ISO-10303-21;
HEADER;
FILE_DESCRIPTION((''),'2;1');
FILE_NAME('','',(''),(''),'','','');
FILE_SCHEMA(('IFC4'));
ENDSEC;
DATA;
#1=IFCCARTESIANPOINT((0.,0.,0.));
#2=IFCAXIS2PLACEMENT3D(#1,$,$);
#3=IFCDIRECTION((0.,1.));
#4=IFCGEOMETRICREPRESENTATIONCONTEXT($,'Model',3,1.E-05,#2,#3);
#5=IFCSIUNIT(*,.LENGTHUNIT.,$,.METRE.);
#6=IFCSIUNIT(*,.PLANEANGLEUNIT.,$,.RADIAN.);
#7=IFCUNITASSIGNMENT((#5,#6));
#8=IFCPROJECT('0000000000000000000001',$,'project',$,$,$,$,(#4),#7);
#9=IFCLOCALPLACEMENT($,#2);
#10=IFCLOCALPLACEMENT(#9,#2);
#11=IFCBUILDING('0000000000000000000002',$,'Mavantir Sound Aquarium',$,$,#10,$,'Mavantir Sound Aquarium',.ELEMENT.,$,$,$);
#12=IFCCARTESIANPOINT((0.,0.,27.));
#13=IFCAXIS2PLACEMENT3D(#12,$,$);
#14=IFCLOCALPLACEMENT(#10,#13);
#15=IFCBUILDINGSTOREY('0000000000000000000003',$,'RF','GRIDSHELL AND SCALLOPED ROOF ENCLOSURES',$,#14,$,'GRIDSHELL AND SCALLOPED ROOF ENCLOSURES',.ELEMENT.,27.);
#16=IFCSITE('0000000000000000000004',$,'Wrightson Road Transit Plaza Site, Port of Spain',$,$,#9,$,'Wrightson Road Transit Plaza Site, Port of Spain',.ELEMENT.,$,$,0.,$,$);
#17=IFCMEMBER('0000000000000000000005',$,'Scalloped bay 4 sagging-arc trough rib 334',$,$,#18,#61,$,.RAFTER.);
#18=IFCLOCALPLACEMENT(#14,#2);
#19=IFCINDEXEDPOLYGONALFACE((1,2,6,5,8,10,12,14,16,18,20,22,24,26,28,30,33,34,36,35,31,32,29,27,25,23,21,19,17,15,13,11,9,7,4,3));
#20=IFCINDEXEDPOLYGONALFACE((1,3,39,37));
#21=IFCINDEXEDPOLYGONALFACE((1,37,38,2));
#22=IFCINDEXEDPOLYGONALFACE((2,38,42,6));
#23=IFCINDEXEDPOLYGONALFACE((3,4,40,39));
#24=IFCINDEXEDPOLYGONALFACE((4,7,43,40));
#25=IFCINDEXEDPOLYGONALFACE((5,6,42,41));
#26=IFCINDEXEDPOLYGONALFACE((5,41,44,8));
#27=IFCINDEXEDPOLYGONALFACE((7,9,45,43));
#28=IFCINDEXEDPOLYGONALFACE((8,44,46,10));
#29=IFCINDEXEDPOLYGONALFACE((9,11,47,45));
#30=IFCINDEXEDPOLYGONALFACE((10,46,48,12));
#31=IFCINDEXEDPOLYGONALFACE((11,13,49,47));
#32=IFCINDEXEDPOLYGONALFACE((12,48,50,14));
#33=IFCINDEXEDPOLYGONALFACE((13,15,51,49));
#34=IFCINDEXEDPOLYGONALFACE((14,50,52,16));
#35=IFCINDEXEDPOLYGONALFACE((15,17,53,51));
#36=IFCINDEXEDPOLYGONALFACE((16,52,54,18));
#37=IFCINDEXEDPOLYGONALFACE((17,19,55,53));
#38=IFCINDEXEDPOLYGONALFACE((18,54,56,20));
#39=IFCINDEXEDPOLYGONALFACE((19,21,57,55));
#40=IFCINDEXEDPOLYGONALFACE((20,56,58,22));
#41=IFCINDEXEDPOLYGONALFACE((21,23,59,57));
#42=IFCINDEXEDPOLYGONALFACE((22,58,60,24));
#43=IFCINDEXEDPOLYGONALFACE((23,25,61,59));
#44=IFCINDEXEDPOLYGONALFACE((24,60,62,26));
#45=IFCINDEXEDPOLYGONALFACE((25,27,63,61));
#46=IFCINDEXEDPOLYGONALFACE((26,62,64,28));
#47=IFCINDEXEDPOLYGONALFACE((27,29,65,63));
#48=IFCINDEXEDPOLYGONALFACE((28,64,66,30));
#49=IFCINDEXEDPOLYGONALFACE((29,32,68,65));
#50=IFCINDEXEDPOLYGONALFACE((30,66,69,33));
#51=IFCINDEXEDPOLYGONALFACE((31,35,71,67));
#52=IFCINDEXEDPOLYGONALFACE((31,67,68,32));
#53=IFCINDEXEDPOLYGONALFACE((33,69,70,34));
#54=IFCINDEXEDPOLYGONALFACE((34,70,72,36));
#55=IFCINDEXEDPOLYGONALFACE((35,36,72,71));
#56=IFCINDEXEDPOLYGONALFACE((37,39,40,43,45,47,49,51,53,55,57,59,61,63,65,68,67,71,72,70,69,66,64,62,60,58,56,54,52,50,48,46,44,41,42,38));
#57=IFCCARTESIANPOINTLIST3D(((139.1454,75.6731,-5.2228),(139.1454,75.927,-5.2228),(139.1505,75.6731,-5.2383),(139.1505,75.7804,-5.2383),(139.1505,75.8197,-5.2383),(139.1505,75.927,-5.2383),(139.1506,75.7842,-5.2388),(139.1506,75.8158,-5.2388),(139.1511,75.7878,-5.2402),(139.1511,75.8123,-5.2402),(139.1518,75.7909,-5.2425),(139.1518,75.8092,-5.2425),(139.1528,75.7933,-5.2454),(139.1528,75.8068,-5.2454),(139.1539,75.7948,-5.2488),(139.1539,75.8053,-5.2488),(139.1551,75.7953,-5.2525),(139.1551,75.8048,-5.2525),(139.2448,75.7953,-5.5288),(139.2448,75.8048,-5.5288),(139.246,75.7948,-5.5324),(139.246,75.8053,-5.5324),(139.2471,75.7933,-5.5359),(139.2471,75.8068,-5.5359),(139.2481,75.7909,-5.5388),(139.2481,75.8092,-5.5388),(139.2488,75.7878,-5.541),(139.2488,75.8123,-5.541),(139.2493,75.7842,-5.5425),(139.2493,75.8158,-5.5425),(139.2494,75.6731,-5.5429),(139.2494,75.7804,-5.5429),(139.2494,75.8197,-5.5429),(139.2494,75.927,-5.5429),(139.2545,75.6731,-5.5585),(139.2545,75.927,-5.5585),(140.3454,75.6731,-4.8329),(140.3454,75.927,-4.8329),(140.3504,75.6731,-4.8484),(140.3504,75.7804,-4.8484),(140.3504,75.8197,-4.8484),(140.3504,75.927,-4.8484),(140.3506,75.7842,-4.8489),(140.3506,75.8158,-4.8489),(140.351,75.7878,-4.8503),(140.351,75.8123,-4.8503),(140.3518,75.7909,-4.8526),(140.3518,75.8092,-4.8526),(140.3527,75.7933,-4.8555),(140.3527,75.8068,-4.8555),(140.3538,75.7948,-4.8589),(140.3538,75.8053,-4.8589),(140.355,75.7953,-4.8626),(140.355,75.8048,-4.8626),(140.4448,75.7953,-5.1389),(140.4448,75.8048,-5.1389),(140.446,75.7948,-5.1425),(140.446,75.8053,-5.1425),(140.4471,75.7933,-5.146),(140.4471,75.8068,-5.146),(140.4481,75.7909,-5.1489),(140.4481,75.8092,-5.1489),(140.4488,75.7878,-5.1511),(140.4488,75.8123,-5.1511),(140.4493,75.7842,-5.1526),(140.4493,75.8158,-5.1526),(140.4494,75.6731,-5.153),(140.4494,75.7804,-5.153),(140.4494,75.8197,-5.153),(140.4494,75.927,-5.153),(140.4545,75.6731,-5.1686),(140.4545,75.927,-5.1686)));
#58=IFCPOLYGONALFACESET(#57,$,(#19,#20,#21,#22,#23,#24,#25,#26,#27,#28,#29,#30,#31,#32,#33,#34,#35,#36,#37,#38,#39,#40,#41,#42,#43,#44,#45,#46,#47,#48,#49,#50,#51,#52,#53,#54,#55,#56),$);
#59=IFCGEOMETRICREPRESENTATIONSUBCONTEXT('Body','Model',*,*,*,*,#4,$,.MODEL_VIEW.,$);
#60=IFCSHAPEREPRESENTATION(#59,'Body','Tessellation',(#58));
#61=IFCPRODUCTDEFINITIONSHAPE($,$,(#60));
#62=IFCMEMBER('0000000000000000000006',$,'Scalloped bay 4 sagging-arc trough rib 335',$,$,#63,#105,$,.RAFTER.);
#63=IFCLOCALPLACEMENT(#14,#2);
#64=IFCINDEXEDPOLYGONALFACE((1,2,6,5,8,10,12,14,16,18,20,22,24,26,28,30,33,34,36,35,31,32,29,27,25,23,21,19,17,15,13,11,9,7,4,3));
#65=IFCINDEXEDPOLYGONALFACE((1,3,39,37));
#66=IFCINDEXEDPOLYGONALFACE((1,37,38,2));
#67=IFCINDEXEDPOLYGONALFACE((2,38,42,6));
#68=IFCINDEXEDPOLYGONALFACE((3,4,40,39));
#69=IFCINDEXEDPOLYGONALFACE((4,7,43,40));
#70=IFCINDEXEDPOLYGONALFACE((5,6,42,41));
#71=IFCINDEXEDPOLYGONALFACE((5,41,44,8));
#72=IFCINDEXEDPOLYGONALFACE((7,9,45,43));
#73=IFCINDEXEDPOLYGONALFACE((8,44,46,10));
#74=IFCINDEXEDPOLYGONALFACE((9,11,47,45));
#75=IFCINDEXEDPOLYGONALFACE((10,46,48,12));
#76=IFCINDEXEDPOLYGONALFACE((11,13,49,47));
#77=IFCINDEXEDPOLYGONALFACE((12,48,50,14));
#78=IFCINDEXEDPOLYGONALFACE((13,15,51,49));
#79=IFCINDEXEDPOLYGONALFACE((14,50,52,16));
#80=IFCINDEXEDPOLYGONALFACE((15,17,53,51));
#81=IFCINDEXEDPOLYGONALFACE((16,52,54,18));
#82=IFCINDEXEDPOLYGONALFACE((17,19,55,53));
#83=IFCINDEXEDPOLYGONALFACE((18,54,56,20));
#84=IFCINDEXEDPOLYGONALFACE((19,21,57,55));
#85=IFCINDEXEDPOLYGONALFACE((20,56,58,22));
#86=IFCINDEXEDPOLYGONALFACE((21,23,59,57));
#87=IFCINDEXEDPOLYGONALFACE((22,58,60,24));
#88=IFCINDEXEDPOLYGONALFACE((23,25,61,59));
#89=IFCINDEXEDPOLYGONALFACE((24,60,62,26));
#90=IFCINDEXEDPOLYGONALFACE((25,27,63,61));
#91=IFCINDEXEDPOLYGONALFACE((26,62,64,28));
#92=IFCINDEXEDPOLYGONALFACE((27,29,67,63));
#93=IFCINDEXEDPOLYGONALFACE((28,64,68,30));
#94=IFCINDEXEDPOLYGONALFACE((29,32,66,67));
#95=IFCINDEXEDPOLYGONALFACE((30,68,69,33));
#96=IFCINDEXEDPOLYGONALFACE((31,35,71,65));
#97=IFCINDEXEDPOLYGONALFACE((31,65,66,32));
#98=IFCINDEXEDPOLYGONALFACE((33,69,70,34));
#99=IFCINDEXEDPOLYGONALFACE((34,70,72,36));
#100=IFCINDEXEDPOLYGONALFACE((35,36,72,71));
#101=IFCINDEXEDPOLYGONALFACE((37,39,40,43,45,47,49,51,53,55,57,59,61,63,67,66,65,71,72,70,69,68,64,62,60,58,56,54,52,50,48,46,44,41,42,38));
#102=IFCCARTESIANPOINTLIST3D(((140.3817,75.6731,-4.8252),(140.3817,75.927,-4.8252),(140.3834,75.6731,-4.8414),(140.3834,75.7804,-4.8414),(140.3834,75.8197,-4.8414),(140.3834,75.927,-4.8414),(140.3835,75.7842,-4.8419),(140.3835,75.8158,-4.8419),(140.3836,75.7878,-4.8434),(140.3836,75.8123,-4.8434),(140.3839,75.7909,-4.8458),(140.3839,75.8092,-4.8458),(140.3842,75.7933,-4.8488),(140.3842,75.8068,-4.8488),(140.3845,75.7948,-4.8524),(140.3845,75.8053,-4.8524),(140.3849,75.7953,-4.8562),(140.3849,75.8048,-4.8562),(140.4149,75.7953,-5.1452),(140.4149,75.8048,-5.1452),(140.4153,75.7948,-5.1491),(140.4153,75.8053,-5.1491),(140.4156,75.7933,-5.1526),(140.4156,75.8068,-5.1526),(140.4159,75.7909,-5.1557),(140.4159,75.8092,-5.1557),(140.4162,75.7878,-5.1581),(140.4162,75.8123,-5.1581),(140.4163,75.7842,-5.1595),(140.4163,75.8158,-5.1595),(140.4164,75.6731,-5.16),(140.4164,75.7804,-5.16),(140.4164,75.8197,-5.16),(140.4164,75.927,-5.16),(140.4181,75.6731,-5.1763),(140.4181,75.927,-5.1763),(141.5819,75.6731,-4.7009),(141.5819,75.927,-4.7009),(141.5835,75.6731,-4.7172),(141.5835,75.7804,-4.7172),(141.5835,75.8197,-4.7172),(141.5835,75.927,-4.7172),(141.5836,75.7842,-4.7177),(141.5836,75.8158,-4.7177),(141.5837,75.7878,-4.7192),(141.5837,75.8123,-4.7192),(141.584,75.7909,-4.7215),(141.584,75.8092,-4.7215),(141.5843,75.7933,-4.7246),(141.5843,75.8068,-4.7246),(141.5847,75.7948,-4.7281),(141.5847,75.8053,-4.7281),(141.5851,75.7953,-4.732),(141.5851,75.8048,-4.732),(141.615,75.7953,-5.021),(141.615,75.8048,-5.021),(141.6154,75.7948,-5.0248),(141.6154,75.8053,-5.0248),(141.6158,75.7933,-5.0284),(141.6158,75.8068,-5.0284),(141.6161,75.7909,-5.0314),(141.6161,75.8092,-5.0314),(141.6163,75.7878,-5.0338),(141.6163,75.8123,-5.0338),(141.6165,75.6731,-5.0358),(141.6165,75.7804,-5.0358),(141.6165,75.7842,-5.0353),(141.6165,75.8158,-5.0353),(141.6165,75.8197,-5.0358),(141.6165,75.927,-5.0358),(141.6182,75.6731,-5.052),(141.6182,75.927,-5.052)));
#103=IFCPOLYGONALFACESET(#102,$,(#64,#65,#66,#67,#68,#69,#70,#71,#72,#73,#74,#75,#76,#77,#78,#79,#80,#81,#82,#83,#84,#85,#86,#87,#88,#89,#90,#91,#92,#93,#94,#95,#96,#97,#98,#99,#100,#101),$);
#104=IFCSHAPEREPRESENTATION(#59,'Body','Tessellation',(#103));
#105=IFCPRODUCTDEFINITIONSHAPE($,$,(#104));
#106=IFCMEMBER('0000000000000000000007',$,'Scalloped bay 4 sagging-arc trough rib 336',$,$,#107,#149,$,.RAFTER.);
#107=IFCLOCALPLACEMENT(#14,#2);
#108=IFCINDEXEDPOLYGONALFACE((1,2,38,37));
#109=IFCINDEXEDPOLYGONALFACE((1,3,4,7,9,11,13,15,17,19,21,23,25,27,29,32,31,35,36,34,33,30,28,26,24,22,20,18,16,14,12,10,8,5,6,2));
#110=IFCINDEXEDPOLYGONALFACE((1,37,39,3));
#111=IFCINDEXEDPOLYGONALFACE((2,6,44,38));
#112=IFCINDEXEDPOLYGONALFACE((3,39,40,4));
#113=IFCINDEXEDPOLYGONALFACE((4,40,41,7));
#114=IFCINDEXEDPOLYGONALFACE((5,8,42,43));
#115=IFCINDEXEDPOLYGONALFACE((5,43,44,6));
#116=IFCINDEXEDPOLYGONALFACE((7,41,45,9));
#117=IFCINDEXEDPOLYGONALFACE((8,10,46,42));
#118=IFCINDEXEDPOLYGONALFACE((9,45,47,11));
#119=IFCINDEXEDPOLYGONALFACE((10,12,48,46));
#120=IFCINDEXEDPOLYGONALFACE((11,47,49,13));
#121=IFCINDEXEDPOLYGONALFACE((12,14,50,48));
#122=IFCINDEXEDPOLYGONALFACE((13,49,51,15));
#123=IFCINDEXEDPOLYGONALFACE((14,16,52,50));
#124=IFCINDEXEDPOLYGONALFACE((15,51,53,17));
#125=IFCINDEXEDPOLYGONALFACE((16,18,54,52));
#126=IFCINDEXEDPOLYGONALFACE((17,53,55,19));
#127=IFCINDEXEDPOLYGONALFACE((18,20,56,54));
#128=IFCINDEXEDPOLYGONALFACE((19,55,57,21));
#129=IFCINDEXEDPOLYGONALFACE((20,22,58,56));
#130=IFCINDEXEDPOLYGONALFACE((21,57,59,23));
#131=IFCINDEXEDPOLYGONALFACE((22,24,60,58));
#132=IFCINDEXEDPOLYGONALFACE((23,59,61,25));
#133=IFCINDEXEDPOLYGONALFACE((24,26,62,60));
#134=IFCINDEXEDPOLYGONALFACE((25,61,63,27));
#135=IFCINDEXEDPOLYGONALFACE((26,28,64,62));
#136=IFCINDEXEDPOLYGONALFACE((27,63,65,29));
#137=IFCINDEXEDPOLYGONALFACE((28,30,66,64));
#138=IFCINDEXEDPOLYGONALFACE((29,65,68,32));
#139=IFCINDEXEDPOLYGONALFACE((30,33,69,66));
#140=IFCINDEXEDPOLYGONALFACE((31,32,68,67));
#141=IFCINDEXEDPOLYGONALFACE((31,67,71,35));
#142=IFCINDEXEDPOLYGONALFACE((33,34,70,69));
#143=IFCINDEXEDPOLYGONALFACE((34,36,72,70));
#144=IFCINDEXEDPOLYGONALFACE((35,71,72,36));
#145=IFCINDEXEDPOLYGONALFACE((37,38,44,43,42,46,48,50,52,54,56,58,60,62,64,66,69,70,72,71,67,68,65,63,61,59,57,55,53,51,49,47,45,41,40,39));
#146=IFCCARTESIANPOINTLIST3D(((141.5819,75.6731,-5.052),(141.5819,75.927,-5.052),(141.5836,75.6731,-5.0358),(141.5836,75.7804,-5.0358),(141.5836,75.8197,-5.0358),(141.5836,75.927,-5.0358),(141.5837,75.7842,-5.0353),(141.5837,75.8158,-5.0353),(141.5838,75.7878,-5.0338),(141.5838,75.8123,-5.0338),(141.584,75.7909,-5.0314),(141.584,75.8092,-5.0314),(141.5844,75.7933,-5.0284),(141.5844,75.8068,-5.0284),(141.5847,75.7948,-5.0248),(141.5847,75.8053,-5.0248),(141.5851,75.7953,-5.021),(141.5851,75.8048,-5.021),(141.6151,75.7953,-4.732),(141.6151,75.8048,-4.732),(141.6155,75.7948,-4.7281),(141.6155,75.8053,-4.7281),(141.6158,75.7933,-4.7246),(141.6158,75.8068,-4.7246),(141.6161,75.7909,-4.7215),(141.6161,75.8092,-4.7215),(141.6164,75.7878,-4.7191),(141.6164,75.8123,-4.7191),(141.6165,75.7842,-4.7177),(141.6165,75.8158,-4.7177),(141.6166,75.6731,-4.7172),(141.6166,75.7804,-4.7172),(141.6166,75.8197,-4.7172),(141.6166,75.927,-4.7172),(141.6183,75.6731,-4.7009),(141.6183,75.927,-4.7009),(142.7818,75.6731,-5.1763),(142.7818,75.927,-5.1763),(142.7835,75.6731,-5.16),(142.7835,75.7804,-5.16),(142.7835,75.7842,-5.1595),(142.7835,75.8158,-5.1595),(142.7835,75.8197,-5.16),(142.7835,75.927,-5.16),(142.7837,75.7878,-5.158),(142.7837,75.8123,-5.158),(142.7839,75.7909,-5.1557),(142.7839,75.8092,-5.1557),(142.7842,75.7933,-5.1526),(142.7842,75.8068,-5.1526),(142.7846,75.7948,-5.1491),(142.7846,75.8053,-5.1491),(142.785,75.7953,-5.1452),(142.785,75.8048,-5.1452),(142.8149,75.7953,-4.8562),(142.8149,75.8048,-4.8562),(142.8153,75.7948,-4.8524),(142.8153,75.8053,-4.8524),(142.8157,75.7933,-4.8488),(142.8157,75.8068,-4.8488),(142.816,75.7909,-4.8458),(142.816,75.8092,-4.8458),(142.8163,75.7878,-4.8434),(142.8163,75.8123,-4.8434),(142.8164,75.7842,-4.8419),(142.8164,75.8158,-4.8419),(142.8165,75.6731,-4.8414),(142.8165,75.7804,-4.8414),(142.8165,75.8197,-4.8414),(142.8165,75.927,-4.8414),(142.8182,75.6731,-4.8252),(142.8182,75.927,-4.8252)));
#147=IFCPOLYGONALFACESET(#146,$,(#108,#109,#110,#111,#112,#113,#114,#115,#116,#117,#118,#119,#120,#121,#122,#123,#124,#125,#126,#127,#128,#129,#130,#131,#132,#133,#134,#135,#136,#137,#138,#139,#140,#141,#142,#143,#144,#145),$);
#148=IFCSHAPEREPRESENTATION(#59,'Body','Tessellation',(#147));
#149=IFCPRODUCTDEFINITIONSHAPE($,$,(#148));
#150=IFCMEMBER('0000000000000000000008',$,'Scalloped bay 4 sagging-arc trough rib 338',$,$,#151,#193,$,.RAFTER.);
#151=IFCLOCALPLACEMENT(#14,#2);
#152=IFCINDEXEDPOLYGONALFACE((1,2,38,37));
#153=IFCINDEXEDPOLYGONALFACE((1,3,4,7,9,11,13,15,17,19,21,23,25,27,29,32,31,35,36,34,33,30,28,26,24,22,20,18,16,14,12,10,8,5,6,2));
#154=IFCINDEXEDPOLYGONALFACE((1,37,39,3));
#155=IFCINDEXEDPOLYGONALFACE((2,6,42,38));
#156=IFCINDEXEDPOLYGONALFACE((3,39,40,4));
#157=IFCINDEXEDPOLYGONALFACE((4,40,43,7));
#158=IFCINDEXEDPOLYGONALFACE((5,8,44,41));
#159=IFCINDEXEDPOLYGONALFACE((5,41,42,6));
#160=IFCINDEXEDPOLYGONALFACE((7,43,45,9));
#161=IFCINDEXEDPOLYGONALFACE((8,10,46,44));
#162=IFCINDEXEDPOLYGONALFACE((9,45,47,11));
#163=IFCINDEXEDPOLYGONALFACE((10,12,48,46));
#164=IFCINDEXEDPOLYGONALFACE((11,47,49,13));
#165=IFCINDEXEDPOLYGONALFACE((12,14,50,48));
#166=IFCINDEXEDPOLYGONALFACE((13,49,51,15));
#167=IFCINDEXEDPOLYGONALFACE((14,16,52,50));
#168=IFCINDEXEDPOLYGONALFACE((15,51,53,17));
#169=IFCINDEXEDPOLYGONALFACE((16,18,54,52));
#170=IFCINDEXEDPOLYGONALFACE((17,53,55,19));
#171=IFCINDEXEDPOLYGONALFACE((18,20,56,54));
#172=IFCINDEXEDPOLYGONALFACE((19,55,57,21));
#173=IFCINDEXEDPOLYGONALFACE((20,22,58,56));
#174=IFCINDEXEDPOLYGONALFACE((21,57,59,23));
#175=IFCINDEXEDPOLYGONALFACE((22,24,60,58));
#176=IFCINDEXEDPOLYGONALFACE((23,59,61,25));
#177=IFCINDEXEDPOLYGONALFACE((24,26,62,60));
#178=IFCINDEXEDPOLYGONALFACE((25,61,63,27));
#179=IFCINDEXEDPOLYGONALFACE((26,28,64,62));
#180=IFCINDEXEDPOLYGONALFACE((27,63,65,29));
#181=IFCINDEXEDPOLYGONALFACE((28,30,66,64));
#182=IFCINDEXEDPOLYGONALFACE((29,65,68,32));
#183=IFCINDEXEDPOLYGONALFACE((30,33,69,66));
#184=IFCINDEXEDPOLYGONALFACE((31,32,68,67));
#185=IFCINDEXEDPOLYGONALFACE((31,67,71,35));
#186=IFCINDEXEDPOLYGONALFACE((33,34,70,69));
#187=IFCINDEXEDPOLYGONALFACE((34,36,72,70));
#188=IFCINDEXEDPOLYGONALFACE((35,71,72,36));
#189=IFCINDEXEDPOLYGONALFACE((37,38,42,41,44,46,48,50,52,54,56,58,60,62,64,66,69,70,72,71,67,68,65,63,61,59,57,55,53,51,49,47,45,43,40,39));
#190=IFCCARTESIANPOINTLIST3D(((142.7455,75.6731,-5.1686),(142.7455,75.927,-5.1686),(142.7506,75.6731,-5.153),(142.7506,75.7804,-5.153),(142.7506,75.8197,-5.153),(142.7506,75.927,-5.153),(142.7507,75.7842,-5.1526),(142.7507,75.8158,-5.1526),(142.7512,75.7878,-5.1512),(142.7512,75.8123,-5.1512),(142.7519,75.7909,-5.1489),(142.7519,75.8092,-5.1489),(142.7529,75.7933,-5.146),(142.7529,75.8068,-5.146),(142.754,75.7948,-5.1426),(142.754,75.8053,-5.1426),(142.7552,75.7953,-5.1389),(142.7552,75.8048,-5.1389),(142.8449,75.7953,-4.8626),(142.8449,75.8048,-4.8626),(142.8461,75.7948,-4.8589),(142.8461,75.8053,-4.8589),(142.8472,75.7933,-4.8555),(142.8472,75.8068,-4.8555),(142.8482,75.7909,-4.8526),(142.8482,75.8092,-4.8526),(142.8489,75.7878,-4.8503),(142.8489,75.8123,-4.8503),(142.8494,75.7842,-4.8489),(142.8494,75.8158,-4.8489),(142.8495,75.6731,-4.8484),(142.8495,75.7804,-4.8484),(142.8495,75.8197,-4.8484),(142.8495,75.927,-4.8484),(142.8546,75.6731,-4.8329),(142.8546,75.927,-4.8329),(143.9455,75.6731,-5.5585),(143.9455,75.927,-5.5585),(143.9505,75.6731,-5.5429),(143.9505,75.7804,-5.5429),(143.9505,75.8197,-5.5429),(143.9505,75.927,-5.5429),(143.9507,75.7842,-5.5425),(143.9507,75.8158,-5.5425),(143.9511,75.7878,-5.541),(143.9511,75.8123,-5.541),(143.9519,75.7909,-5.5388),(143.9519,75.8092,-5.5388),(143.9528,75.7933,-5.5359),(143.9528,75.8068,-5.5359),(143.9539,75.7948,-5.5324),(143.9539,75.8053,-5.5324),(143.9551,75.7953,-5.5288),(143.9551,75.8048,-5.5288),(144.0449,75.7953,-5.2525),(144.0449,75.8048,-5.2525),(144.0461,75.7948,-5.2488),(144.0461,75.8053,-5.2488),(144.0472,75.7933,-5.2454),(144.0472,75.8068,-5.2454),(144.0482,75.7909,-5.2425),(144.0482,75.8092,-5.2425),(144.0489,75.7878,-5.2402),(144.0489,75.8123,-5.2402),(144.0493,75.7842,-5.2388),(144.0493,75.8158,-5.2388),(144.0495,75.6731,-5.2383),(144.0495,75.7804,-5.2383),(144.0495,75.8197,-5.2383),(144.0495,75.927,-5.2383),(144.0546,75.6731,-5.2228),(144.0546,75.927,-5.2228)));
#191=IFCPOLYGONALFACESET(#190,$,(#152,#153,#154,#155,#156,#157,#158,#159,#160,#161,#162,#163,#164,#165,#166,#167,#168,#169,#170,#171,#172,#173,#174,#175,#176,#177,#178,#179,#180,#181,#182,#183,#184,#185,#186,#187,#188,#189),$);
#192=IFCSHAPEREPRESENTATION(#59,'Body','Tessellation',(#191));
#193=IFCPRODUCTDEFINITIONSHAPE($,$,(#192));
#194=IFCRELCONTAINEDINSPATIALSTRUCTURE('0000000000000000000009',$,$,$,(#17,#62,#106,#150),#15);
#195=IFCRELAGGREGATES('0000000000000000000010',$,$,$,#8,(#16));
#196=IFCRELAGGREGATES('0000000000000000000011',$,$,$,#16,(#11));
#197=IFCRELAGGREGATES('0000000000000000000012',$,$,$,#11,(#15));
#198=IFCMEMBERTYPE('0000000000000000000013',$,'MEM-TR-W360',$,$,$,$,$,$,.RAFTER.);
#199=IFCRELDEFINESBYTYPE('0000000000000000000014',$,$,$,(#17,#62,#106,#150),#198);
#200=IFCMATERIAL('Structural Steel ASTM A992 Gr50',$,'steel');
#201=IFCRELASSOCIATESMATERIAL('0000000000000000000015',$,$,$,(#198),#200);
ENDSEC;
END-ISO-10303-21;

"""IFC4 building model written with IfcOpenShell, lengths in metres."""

from ifc_helpers import new_model, si_unit, direction, frame, origin, origin_2d, place, context, subcontext, project, spatial, i_section, extrude, material, material_profile, profile_set, type_object, element, save


model = new_model("IFC4")

# Units and contexts
model_context = context("Model", 3, precision=1e-05, world=origin(), true_north=direction((0.0, 1.0)))
body_context = subcontext(model_context, "Body", "Model", "MODEL_VIEW")
ifc_project = project(units=[si_unit("LENGTHUNIT", "METRE"), si_unit("PLANEANGLEUNIT", "RADIAN")], contexts=[model_context])

# Site, building, storey
site_placement = place(None, origin())
site = spatial("IfcSite", under=ifc_project, at=site_placement, Name="Wrightson Road Transit Plaza Site, Port of Spain", LongName="Wrightson Road Transit Plaza Site, Port of Spain", CompositionType="ELEMENT", RefElevation=0.0)
building_placement = place(site_placement, origin())
building = spatial("IfcBuilding", under=site, at=building_placement, Name="Mavantir Sound Aquarium", LongName="Mavantir Sound Aquarium", CompositionType="ELEMENT")
storey_placement = place(building_placement, frame((0.0, 0.0, 27.0)))
storey = spatial("IfcBuildingStorey", under=building, at=storey_placement, Name="RF", Description="GRIDSHELL AND SCALLOPED ROOF ENCLOSURES", LongName="GRIDSHELL AND SCALLOPED ROOF ENCLOSURES", CompositionType="ELEMENT", Elevation=27.0)

# Shared definitions
ifc_material_1 = material(Name="Structural Steel ASTM A992 Gr50", Category="steel")

# Members
ifc_material_profile_1 = material_profile(ifc_material_1, i_section(OverallWidth=0.2539, OverallDepth=0.353, WebThickness=0.0095, FlangeThickness=0.0164, FilletRadius=0.0149, at=origin_2d()), Name="W360X91")
ifc_profile_set_1 = profile_set([ifc_material_profile_1], Name="Structural Steel ASTM A992 Gr50")
member_type_1 = type_object("IfcMemberType", Name="MEM-TR-W360", PredefinedType="RAFTER", material=ifc_profile_set_1)
member_1_placement = place(storey_placement, frame((139.2, 75.8, -5.3906), z_axis=(0.951055, 0.0, 0.30902), x_axis=(0.0, 1.0, 0.0)))
element("IfcMember", 1, at=member_1_placement, inside=storey, type_object=member_type_1, Name="Scalloped bay 4 sagging-arc trough rib 334", PredefinedType="RAFTER", context=body_context, shape_type="SweptSolid", body=[
    extrude(i_section(OverallWidth=0.2539, OverallDepth=0.353, WebThickness=0.0095, FlangeThickness=0.0164, FilletRadius=0.0149, at=origin_2d()), origin(), (0.0, 0.0, 1.0), 1.2617),
])
member_2_placement = place(storey_placement, frame((140.3999, 75.8, -5.0007), z_axis=(0.994683, 0.0, 0.102989), x_axis=(0.0, 1.0, 0.0)))
element("IfcMember", 2, at=member_2_placement, inside=storey, type_object=member_type_1, Name="Scalloped bay 4 sagging-arc trough rib 335", PredefinedType="RAFTER", context=body_context, shape_type="SweptSolid", body=[
    extrude(i_section(OverallWidth=0.2539, OverallDepth=0.353, WebThickness=0.0095, FlangeThickness=0.0164, FilletRadius=0.0149, at=origin_2d()), origin(), (0.0, 0.0, 1.0), 1.2065),
])
member_3_placement = place(storey_placement, frame((141.6001, 75.8, -4.8765), z_axis=(0.99468, 0.0, -0.10301), x_axis=(0.0, 1.0, 0.0)))
element("IfcMember", 3, at=member_3_placement, inside=storey, type_object=member_type_1, Name="Scalloped bay 4 sagging-arc trough rib 336", PredefinedType="RAFTER", context=body_context, shape_type="SweptSolid", body=[
    extrude(i_section(OverallWidth=0.2539, OverallDepth=0.353, WebThickness=0.0095, FlangeThickness=0.0164, FilletRadius=0.0149, at=origin_2d()), origin(), (0.0, 0.0, 1.0), 1.2063),
])
member_4_placement = place(storey_placement, frame((142.8, 75.8, -5.0007), z_axis=(0.951055, 0.0, -0.30902), x_axis=(0.0, 1.0, 0.0)))
element("IfcMember", 4, at=member_4_placement, inside=storey, type_object=member_type_1, Name="Scalloped bay 4 sagging-arc trough rib 338", PredefinedType="RAFTER", context=body_context, shape_type="SweptSolid", body=[
    extrude(i_section(OverallWidth=0.2539, OverallDepth=0.353, WebThickness=0.0095, FlangeThickness=0.0164, FilletRadius=0.0149, at=origin_2d()), origin(), (0.0, 0.0, 1.0), 1.2617),
])

save(model, "model.ifc")
